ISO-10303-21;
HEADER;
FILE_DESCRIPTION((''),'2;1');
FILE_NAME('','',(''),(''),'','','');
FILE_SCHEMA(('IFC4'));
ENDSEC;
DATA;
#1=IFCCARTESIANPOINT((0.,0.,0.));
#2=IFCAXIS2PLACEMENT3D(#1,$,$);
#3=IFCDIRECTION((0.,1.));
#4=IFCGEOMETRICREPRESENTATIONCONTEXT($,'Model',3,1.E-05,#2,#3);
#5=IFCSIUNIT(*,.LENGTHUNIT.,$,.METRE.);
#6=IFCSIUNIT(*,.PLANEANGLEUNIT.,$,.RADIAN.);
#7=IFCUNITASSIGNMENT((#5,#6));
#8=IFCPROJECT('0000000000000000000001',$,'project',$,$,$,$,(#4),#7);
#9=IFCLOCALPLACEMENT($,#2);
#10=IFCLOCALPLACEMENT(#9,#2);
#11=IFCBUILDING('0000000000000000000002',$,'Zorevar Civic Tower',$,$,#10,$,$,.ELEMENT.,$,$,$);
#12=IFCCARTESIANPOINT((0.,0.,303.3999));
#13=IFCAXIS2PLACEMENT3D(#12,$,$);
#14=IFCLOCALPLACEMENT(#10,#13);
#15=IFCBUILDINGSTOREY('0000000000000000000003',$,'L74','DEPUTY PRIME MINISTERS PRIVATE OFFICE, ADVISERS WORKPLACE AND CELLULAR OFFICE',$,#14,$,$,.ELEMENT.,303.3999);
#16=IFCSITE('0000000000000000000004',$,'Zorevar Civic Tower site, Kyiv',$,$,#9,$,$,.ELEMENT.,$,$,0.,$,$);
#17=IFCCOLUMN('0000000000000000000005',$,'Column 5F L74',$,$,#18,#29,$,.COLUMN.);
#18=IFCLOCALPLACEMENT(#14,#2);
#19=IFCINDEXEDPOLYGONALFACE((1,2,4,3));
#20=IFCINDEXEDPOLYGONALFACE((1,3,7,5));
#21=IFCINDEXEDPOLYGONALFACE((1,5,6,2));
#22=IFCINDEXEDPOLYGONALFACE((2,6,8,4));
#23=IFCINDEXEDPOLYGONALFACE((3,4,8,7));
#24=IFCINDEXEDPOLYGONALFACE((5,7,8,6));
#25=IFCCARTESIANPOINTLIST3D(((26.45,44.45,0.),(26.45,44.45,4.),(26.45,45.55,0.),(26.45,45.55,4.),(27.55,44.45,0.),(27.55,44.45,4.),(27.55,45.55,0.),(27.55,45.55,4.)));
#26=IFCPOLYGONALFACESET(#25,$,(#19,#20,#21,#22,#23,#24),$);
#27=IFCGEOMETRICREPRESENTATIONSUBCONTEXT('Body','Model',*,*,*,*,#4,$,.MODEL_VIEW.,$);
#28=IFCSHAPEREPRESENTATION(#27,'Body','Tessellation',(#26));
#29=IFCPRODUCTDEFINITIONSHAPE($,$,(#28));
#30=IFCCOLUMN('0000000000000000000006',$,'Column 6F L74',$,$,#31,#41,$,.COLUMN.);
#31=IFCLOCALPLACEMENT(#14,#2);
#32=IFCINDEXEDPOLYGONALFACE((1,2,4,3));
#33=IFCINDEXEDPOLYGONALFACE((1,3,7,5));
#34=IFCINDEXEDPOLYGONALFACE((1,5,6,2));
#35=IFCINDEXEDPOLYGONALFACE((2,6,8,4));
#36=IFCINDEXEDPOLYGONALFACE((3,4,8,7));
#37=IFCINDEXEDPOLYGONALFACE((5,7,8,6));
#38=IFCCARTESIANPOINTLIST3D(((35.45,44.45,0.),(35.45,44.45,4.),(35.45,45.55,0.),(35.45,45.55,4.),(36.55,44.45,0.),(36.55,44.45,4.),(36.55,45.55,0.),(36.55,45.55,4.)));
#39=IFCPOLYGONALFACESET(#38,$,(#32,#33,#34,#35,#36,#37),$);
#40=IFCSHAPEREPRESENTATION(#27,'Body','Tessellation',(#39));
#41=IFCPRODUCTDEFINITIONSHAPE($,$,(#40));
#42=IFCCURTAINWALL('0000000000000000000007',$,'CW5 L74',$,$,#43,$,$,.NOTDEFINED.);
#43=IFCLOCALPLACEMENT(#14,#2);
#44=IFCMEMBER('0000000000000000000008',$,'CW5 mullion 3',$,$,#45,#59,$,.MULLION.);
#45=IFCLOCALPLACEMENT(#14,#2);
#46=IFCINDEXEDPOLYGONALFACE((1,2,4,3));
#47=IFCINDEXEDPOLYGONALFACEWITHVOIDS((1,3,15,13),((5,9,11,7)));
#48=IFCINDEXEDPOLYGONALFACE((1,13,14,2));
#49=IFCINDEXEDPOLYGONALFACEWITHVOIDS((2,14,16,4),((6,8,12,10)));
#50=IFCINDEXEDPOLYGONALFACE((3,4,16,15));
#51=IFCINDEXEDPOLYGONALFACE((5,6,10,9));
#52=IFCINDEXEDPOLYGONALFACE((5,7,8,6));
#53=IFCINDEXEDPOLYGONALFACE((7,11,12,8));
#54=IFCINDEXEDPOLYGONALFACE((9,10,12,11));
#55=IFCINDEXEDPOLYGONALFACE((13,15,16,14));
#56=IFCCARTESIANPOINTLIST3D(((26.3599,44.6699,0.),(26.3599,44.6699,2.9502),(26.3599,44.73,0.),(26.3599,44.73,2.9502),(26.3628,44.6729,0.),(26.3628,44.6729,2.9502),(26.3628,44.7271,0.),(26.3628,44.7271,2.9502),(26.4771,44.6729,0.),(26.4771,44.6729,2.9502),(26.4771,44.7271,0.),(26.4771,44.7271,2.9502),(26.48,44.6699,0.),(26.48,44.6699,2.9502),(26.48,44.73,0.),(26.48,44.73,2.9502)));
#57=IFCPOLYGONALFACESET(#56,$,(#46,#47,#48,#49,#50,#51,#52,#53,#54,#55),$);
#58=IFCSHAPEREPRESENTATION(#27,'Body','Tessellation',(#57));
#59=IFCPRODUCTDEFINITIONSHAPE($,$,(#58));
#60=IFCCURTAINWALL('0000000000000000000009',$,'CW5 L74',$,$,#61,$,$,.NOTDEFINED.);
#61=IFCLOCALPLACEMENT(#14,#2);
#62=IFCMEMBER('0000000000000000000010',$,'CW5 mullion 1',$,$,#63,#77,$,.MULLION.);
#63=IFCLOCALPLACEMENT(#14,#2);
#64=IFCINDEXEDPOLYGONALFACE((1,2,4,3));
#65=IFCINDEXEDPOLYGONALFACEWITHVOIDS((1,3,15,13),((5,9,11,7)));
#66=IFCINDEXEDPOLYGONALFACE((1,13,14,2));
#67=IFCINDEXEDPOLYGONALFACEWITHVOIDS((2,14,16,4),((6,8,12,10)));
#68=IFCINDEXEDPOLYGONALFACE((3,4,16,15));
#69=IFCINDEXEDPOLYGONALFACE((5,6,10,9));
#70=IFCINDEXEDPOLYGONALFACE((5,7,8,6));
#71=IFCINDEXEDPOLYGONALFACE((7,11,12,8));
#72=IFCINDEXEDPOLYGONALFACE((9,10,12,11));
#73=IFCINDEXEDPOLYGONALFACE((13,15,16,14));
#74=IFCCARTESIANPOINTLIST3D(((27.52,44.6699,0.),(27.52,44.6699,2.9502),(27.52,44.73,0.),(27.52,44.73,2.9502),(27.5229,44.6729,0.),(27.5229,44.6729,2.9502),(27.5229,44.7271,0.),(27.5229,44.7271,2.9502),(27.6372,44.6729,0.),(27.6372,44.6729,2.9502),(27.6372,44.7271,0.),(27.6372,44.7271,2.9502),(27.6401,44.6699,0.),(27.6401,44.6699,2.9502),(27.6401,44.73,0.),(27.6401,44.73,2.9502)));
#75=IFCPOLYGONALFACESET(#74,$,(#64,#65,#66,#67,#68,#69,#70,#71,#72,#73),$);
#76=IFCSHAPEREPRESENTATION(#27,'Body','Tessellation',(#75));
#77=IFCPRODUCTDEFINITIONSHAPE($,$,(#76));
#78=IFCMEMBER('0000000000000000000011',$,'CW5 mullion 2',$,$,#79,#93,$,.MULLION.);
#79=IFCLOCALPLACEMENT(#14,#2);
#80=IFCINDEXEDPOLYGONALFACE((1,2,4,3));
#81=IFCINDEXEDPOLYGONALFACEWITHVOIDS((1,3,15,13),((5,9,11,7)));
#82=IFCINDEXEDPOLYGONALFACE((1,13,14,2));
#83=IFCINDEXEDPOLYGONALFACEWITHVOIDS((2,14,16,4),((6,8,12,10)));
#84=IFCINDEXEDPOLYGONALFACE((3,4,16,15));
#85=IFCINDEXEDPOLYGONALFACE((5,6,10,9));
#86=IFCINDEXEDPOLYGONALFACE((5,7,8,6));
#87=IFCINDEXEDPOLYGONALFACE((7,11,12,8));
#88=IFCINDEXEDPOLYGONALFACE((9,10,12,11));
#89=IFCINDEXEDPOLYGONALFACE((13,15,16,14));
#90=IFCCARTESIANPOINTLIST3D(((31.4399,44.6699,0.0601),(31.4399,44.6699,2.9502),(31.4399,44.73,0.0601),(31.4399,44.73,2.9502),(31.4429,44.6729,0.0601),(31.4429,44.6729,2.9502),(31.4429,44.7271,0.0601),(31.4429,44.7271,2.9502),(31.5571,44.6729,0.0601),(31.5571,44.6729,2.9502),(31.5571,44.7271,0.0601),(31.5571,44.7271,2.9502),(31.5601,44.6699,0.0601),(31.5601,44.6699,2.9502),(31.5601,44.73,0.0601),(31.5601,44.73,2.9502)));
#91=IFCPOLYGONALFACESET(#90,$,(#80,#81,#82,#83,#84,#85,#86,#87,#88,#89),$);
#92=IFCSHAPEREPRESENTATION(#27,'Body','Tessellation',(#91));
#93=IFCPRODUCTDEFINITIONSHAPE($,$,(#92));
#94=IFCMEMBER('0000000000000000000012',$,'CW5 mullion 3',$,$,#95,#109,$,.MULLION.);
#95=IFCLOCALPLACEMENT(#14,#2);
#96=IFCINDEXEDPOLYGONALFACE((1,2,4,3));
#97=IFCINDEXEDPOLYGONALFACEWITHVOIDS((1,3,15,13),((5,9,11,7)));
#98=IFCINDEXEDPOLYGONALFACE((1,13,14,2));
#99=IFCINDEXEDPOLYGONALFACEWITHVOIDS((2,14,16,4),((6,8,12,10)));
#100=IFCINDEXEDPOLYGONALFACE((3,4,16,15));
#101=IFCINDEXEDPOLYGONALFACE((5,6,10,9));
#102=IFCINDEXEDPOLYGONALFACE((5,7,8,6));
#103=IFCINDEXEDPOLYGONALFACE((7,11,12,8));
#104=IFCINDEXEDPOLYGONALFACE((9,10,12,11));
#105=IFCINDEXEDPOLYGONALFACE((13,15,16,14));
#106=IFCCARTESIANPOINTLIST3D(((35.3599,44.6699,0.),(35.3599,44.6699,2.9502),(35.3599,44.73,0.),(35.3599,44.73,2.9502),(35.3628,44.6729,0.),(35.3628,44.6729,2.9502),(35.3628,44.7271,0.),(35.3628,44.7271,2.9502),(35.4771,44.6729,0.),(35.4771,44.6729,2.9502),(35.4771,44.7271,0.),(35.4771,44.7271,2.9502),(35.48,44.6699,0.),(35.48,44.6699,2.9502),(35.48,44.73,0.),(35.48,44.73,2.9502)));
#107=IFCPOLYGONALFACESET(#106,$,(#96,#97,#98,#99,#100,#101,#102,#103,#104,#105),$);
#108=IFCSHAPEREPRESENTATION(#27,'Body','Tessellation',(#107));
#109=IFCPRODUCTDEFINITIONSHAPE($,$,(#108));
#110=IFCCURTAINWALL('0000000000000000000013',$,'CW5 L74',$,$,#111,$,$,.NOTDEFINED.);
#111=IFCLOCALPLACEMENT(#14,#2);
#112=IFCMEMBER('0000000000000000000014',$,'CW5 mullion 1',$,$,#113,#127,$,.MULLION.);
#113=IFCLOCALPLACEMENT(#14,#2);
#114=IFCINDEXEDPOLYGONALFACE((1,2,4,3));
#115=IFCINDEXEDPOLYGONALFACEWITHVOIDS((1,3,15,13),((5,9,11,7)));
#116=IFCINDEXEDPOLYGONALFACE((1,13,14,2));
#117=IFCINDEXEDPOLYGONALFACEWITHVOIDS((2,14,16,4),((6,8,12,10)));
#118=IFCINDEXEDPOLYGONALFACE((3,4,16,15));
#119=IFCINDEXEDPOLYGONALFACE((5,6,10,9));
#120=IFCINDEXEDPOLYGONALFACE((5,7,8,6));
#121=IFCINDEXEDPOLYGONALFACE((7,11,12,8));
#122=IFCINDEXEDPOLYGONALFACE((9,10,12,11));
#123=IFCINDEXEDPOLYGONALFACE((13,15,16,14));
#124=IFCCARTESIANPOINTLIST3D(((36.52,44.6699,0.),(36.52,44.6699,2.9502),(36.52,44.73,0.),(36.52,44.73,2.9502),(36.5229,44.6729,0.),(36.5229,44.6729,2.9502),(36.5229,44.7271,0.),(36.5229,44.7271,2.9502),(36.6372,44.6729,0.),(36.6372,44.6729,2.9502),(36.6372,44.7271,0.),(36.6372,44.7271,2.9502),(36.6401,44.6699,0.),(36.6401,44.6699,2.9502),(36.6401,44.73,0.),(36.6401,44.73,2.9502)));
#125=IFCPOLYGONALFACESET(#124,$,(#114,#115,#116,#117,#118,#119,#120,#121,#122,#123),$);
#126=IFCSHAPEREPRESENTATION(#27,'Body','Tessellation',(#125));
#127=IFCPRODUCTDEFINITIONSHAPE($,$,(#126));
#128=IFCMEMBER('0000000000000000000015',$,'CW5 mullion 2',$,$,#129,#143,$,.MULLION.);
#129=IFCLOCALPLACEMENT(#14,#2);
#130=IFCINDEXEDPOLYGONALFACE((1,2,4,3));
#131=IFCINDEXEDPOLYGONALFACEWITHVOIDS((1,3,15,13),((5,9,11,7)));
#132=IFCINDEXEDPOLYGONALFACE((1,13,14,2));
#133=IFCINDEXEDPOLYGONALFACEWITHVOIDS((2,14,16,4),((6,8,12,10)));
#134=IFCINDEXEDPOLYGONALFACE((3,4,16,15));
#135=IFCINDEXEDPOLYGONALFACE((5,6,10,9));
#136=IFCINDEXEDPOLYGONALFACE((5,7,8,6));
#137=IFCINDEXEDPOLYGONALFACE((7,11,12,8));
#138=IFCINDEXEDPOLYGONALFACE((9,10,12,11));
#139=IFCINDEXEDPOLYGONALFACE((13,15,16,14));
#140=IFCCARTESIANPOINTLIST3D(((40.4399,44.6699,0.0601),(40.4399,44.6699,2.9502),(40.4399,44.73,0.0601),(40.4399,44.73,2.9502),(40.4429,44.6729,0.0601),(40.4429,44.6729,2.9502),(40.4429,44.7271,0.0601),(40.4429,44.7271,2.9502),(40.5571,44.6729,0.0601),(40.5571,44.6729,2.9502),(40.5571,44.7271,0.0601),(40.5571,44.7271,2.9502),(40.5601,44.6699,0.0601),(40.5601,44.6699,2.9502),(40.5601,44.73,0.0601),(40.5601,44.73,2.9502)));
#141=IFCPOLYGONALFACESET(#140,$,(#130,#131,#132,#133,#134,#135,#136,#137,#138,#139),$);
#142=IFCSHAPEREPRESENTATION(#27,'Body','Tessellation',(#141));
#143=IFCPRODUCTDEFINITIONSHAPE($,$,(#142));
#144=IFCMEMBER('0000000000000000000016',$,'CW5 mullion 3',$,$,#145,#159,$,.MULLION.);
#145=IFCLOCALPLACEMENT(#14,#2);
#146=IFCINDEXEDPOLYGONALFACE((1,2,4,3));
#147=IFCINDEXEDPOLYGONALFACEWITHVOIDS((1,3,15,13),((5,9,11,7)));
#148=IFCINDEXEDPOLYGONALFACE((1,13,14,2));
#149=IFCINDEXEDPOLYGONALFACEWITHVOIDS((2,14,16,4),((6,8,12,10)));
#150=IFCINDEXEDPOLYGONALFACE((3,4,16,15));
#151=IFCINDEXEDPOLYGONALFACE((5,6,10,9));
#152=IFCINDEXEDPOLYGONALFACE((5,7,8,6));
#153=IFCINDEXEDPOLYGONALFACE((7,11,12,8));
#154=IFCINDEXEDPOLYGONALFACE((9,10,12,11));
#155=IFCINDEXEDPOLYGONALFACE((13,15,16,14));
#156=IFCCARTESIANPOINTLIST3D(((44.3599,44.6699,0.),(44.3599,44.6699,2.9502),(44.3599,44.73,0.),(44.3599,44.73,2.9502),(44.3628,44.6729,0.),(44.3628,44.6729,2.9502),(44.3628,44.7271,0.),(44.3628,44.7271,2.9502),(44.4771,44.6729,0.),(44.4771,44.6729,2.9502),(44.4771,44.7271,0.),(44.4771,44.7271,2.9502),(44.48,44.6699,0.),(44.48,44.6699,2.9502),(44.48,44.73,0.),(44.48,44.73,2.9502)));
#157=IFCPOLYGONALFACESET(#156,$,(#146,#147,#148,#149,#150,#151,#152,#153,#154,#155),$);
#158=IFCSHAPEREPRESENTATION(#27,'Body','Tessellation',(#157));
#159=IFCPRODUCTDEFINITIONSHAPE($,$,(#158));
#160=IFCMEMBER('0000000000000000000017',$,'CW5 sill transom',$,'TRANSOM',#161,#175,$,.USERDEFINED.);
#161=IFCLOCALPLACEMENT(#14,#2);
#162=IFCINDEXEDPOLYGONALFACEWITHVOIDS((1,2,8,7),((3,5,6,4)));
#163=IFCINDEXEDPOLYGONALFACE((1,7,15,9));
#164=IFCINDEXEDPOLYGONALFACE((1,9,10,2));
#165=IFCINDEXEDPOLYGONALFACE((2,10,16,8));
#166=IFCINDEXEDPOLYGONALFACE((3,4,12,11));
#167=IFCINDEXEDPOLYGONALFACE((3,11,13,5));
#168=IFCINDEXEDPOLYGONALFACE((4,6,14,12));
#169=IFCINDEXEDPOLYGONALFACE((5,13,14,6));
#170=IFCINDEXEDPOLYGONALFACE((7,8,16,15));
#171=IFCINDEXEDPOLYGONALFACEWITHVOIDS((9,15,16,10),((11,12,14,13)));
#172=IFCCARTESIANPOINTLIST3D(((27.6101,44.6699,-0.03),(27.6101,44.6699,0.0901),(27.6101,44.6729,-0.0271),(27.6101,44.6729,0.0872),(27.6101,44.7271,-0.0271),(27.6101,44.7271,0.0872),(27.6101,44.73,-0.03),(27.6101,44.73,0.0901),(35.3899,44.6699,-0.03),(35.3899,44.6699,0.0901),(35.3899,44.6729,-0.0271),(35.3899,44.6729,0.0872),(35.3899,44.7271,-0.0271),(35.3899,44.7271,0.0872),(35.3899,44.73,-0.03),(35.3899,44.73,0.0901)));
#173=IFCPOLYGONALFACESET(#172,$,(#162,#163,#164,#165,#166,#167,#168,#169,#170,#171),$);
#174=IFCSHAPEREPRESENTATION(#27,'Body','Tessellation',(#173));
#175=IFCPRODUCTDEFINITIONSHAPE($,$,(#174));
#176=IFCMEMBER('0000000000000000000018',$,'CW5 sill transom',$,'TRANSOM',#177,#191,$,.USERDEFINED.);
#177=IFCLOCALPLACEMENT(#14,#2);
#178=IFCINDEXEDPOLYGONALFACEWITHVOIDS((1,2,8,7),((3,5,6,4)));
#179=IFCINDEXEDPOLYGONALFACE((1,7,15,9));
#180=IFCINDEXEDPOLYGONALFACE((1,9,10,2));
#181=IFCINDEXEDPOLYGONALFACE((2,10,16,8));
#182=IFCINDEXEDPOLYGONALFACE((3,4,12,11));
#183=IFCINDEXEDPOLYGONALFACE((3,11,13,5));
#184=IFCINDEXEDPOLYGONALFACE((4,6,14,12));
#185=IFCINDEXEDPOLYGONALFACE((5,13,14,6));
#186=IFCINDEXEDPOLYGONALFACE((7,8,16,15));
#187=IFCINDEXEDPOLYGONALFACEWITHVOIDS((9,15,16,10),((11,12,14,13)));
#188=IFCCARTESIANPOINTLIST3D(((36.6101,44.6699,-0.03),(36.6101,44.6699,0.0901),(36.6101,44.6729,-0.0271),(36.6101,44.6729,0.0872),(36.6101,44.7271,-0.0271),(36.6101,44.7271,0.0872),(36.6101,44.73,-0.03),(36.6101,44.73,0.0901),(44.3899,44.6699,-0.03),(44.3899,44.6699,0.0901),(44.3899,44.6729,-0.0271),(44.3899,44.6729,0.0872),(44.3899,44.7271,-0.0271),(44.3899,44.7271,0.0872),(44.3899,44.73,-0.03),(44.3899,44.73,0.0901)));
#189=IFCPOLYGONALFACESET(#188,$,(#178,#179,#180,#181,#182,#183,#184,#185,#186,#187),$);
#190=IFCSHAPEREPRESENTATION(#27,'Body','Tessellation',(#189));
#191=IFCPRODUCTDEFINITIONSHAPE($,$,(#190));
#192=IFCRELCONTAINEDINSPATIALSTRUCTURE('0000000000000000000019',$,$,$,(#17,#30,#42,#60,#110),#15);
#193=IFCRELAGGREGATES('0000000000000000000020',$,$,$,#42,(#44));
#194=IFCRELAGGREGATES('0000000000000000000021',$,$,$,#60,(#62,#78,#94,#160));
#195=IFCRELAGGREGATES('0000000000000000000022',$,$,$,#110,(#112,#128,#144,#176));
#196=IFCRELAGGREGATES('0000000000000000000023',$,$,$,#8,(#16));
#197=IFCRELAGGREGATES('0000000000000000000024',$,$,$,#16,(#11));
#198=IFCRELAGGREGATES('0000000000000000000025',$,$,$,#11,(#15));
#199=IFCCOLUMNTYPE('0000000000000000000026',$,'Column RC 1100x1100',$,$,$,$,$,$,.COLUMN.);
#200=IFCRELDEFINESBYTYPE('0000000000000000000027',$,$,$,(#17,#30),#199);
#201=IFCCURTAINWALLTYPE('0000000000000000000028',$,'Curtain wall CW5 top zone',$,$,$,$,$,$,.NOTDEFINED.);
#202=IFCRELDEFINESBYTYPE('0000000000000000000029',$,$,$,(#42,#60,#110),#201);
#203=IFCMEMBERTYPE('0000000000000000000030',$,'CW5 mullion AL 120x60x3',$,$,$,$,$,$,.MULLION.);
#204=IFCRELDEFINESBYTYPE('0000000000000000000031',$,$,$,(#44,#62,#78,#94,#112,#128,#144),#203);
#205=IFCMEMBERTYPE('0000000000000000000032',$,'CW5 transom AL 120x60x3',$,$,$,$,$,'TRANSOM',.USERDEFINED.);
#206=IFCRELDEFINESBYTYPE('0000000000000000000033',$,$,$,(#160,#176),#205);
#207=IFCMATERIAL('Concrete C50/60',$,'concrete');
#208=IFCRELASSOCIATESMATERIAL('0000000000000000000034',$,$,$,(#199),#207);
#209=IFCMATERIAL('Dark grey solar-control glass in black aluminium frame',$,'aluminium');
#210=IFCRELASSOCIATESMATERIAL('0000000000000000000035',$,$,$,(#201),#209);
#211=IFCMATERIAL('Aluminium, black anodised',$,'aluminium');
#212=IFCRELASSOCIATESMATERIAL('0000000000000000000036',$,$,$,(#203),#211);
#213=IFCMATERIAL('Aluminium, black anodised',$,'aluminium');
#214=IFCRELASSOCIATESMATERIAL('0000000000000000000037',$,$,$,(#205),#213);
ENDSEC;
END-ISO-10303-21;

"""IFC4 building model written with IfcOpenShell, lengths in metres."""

from ifc_helpers import new_model, si_unit, direction, frame, origin, origin_2d, place, context, subcontext, project, spatial, rectangle, hollow_rectangle, extrude, material, material_profile, profile_set, type_object, element, aggregate, save


model = new_model("IFC4")

# Units and contexts
model_context = context("Model", 3, precision=1e-05, world=origin(), true_north=direction((0.0, 1.0)))
body_context = subcontext(model_context, "Body", "Model", "MODEL_VIEW")
ifc_project = project(units=[si_unit("LENGTHUNIT", "METRE"), si_unit("PLANEANGLEUNIT", "RADIAN")], contexts=[model_context])

# Site, building, storey
site_placement = place(None, origin())
site = spatial("IfcSite", under=ifc_project, at=site_placement, Name="Zorevar Civic Tower site, Kyiv", CompositionType="ELEMENT", RefElevation=0.0)
building_placement = place(site_placement, origin())
building = spatial("IfcBuilding", under=site, at=building_placement, Name="Zorevar Civic Tower", CompositionType="ELEMENT")
storey_placement = place(building_placement, frame((0.0, 0.0, 303.3999)))
storey = spatial("IfcBuildingStorey", under=building, at=storey_placement, Name="L74", Description="DEPUTY PRIME MINISTERS PRIVATE OFFICE, ADVISERS WORKPLACE AND CELLULAR OFFICE", CompositionType="ELEMENT", Elevation=303.3999)

# Columns
ifc_material_1 = material(Name="Concrete C50/60", Category="concrete")
ifc_material_profile_1 = material_profile(ifc_material_1, rectangle(XDim=1.1001, YDim=1.1001, at=origin_2d()), Name="RC 1100x1100")
ifc_profile_set_1 = profile_set([ifc_material_profile_1], Name="Concrete C50/60")
column_type = type_object("IfcColumnType", Name="Column RC 1100x1100", PredefinedType="COLUMN", material=ifc_profile_set_1)
for number, where, z_axis, x_axis, name in (
    (1, (27.0, 45.0, 0.0), (0.0, 0.0, 1.0), (1.0, 0.0, 0.0), "Column 5F L74"),
    (2, (36.0, 45.0, 0.0), (0.0, 0.0, 1.0), (1.0, 0.0, 0.0), "Column 6F L74"),
):
    element("IfcColumn", number, at=place(storey_placement, frame(where, z_axis=z_axis, x_axis=x_axis)), inside=storey, type_object=column_type, Name=name, PredefinedType="COLUMN", context=body_context, shape_type="SweptSolid", body=[
        extrude(rectangle(XDim=1.1001, YDim=1.1001, at=origin_2d()), origin(), (0.0, 0.0, 1.0), 4.0),
    ])

# Curtain wall, member
ifc_material_2 = material(Name="Dark grey solar-control glass in black aluminium frame", Category="aluminium")
curtain_wall_type = type_object("IfcCurtainWallType", Name="Curtain wall CW5 top zone", PredefinedType="NOTDEFINED", material=ifc_material_2)
curtain_wall_1_placement = place(storey_placement, origin())
curtain_wall_1 = element("IfcCurtainWall", 3, at=curtain_wall_1_placement, inside=storey, type_object=curtain_wall_type, Name="CW5 L74", PredefinedType="NOTDEFINED")
ifc_material_3 = material(Name="Aluminium, black anodised", Category="aluminium")
ifc_material_profile_2 = material_profile(ifc_material_3, hollow_rectangle(XDim=0.0601, YDim=0.1201, WallThickness=0.0029, at=origin_2d()), Name="AL 120x60x3")
ifc_profile_set_2 = profile_set([ifc_material_profile_2], Name="Aluminium, black anodised")
member_type_1 = type_object("IfcMemberType", Name="CW5 mullion AL 120x60x3", PredefinedType="MULLION", material=ifc_profile_set_2)
member_1_placement = place(storey_placement, frame((26.4199, 44.7, 0.0), z_axis=(0.0, 0.0, 1.0), x_axis=(0.0, 1.0, 0.0)))
member_1 = element("IfcMember", 4, at=member_1_placement, type_object=member_type_1, Name="CW5 mullion 3", PredefinedType="MULLION", context=body_context, shape_type="SweptSolid", body=[
    extrude(hollow_rectangle(XDim=0.0601, YDim=0.1201, WallThickness=0.0029, at=origin_2d()), origin(), (0.0, 0.0, 1.0), 2.9502),
])
aggregate(curtain_wall_1, [member_1])

# Curtain walls, members
curtain_wall_2_placement = place(storey_placement, origin())
curtain_wall_2 = element("IfcCurtainWall", 5, at=curtain_wall_2_placement, inside=storey, type_object=curtain_wall_type, Name="CW5 L74", PredefinedType="NOTDEFINED")
member_2_placement = place(storey_placement, frame((27.5801, 44.7, 0.0), z_axis=(0.0, 0.0, 1.0), x_axis=(0.0, 1.0, 0.0)))
member_2 = element("IfcMember", 6, at=member_2_placement, type_object=member_type_1, Name="CW5 mullion 1", PredefinedType="MULLION", context=body_context, shape_type="SweptSolid", body=[
    extrude(hollow_rectangle(XDim=0.0601, YDim=0.1201, WallThickness=0.0029, at=origin_2d()), origin(), (0.0, 0.0, 1.0), 2.9502),
])
member_3_placement = place(storey_placement, frame((31.5, 44.7, 0.0601), z_axis=(0.0, 0.0, 1.0), x_axis=(0.0, 1.0, 0.0)))
member_3 = element("IfcMember", 7, at=member_3_placement, type_object=member_type_1, Name="CW5 mullion 2", PredefinedType="MULLION", context=body_context, shape_type="SweptSolid", body=[
    extrude(hollow_rectangle(XDim=0.0601, YDim=0.1201, WallThickness=0.0029, at=origin_2d()), origin(), (0.0, 0.0, 1.0), 2.8901),
])
member_4_placement = place(storey_placement, frame((35.4199, 44.7, 0.0), z_axis=(0.0, 0.0, 1.0), x_axis=(0.0, 1.0, 0.0)))
member_4 = element("IfcMember", 8, at=member_4_placement, type_object=member_type_1, Name="CW5 mullion 3", PredefinedType="MULLION", context=body_context, shape_type="SweptSolid", body=[
    extrude(hollow_rectangle(XDim=0.0601, YDim=0.1201, WallThickness=0.0029, at=origin_2d()), origin(), (0.0, 0.0, 1.0), 2.9502),
])
curtain_wall_3_placement = place(storey_placement, origin())
curtain_wall_3 = element("IfcCurtainWall", 9, at=curtain_wall_3_placement, inside=storey, type_object=curtain_wall_type, Name="CW5 L74", PredefinedType="NOTDEFINED")
member_5_placement = place(storey_placement, frame((36.5801, 44.7, 0.0), z_axis=(0.0, 0.0, 1.0), x_axis=(0.0, 1.0, 0.0)))
member_5 = element("IfcMember", 10, at=member_5_placement, type_object=member_type_1, Name="CW5 mullion 1", PredefinedType="MULLION", context=body_context, shape_type="SweptSolid", body=[
    extrude(hollow_rectangle(XDim=0.0601, YDim=0.1201, WallThickness=0.0029, at=origin_2d()), origin(), (0.0, 0.0, 1.0), 2.9502),
])
member_6_placement = place(storey_placement, frame((40.5, 44.7, 0.0601), z_axis=(0.0, 0.0, 1.0), x_axis=(0.0, 1.0, 0.0)))
member_6 = element("IfcMember", 11, at=member_6_placement, type_object=member_type_1, Name="CW5 mullion 2", PredefinedType="MULLION", context=body_context, shape_type="SweptSolid", body=[
    extrude(hollow_rectangle(XDim=0.0601, YDim=0.1201, WallThickness=0.0029, at=origin_2d()), origin(), (0.0, 0.0, 1.0), 2.8901),
])
member_7_placement = place(storey_placement, frame((44.4199, 44.7, 0.0), z_axis=(0.0, 0.0, 1.0), x_axis=(0.0, 1.0, 0.0)))
member_7 = element("IfcMember", 12, at=member_7_placement, type_object=member_type_1, Name="CW5 mullion 3", PredefinedType="MULLION", context=body_context, shape_type="SweptSolid", body=[
    extrude(hollow_rectangle(XDim=0.0601, YDim=0.1201, WallThickness=0.0029, at=origin_2d()), origin(), (0.0, 0.0, 1.0), 2.9502),
])

# Members
ifc_material_4 = material(Name="Aluminium, black anodised", Category="aluminium")
ifc_material_profile_3 = material_profile(ifc_material_4, hollow_rectangle(XDim=0.0601, YDim=0.1201, WallThickness=0.0029, at=origin_2d()), Name="AL 120x60x3")
ifc_profile_set_3 = profile_set([ifc_material_profile_3], Name="Aluminium, black anodised")
member_type_2 = type_object("IfcMemberType", Name="CW5 transom AL 120x60x3", ElementType="TRANSOM", PredefinedType="USERDEFINED", material=ifc_profile_set_3)
member_8_placement = place(storey_placement, frame((27.6101, 44.7, 0.03), z_axis=(1.0, 0.0, 0.0), x_axis=(0.0, 1.0, 0.0)))
member_8 = element("IfcMember", 13, at=member_8_placement, type_object=member_type_2, Name="CW5 sill transom", ObjectType="TRANSOM", PredefinedType="USERDEFINED", context=body_context, shape_type="SweptSolid", body=[
    extrude(hollow_rectangle(XDim=0.0601, YDim=0.1201, WallThickness=0.0029, at=origin_2d()), origin(), (0.0, 0.0, 1.0), 7.7798),
])
member_9_placement = place(storey_placement, frame((36.6101, 44.7, 0.03), z_axis=(1.0, 0.0, 0.0), x_axis=(0.0, 1.0, 0.0)))
member_9 = element("IfcMember", 14, at=member_9_placement, type_object=member_type_2, Name="CW5 sill transom", ObjectType="TRANSOM", PredefinedType="USERDEFINED", context=body_context, shape_type="SweptSolid", body=[
    extrude(hollow_rectangle(XDim=0.0601, YDim=0.1201, WallThickness=0.0029, at=origin_2d()), origin(), (0.0, 0.0, 1.0), 7.7798),
])

aggregate(curtain_wall_2, [member_2, member_3, member_4, member_8])
aggregate(curtain_wall_3, [member_5, member_6, member_7, member_9])

save(model, "model.ifc")
